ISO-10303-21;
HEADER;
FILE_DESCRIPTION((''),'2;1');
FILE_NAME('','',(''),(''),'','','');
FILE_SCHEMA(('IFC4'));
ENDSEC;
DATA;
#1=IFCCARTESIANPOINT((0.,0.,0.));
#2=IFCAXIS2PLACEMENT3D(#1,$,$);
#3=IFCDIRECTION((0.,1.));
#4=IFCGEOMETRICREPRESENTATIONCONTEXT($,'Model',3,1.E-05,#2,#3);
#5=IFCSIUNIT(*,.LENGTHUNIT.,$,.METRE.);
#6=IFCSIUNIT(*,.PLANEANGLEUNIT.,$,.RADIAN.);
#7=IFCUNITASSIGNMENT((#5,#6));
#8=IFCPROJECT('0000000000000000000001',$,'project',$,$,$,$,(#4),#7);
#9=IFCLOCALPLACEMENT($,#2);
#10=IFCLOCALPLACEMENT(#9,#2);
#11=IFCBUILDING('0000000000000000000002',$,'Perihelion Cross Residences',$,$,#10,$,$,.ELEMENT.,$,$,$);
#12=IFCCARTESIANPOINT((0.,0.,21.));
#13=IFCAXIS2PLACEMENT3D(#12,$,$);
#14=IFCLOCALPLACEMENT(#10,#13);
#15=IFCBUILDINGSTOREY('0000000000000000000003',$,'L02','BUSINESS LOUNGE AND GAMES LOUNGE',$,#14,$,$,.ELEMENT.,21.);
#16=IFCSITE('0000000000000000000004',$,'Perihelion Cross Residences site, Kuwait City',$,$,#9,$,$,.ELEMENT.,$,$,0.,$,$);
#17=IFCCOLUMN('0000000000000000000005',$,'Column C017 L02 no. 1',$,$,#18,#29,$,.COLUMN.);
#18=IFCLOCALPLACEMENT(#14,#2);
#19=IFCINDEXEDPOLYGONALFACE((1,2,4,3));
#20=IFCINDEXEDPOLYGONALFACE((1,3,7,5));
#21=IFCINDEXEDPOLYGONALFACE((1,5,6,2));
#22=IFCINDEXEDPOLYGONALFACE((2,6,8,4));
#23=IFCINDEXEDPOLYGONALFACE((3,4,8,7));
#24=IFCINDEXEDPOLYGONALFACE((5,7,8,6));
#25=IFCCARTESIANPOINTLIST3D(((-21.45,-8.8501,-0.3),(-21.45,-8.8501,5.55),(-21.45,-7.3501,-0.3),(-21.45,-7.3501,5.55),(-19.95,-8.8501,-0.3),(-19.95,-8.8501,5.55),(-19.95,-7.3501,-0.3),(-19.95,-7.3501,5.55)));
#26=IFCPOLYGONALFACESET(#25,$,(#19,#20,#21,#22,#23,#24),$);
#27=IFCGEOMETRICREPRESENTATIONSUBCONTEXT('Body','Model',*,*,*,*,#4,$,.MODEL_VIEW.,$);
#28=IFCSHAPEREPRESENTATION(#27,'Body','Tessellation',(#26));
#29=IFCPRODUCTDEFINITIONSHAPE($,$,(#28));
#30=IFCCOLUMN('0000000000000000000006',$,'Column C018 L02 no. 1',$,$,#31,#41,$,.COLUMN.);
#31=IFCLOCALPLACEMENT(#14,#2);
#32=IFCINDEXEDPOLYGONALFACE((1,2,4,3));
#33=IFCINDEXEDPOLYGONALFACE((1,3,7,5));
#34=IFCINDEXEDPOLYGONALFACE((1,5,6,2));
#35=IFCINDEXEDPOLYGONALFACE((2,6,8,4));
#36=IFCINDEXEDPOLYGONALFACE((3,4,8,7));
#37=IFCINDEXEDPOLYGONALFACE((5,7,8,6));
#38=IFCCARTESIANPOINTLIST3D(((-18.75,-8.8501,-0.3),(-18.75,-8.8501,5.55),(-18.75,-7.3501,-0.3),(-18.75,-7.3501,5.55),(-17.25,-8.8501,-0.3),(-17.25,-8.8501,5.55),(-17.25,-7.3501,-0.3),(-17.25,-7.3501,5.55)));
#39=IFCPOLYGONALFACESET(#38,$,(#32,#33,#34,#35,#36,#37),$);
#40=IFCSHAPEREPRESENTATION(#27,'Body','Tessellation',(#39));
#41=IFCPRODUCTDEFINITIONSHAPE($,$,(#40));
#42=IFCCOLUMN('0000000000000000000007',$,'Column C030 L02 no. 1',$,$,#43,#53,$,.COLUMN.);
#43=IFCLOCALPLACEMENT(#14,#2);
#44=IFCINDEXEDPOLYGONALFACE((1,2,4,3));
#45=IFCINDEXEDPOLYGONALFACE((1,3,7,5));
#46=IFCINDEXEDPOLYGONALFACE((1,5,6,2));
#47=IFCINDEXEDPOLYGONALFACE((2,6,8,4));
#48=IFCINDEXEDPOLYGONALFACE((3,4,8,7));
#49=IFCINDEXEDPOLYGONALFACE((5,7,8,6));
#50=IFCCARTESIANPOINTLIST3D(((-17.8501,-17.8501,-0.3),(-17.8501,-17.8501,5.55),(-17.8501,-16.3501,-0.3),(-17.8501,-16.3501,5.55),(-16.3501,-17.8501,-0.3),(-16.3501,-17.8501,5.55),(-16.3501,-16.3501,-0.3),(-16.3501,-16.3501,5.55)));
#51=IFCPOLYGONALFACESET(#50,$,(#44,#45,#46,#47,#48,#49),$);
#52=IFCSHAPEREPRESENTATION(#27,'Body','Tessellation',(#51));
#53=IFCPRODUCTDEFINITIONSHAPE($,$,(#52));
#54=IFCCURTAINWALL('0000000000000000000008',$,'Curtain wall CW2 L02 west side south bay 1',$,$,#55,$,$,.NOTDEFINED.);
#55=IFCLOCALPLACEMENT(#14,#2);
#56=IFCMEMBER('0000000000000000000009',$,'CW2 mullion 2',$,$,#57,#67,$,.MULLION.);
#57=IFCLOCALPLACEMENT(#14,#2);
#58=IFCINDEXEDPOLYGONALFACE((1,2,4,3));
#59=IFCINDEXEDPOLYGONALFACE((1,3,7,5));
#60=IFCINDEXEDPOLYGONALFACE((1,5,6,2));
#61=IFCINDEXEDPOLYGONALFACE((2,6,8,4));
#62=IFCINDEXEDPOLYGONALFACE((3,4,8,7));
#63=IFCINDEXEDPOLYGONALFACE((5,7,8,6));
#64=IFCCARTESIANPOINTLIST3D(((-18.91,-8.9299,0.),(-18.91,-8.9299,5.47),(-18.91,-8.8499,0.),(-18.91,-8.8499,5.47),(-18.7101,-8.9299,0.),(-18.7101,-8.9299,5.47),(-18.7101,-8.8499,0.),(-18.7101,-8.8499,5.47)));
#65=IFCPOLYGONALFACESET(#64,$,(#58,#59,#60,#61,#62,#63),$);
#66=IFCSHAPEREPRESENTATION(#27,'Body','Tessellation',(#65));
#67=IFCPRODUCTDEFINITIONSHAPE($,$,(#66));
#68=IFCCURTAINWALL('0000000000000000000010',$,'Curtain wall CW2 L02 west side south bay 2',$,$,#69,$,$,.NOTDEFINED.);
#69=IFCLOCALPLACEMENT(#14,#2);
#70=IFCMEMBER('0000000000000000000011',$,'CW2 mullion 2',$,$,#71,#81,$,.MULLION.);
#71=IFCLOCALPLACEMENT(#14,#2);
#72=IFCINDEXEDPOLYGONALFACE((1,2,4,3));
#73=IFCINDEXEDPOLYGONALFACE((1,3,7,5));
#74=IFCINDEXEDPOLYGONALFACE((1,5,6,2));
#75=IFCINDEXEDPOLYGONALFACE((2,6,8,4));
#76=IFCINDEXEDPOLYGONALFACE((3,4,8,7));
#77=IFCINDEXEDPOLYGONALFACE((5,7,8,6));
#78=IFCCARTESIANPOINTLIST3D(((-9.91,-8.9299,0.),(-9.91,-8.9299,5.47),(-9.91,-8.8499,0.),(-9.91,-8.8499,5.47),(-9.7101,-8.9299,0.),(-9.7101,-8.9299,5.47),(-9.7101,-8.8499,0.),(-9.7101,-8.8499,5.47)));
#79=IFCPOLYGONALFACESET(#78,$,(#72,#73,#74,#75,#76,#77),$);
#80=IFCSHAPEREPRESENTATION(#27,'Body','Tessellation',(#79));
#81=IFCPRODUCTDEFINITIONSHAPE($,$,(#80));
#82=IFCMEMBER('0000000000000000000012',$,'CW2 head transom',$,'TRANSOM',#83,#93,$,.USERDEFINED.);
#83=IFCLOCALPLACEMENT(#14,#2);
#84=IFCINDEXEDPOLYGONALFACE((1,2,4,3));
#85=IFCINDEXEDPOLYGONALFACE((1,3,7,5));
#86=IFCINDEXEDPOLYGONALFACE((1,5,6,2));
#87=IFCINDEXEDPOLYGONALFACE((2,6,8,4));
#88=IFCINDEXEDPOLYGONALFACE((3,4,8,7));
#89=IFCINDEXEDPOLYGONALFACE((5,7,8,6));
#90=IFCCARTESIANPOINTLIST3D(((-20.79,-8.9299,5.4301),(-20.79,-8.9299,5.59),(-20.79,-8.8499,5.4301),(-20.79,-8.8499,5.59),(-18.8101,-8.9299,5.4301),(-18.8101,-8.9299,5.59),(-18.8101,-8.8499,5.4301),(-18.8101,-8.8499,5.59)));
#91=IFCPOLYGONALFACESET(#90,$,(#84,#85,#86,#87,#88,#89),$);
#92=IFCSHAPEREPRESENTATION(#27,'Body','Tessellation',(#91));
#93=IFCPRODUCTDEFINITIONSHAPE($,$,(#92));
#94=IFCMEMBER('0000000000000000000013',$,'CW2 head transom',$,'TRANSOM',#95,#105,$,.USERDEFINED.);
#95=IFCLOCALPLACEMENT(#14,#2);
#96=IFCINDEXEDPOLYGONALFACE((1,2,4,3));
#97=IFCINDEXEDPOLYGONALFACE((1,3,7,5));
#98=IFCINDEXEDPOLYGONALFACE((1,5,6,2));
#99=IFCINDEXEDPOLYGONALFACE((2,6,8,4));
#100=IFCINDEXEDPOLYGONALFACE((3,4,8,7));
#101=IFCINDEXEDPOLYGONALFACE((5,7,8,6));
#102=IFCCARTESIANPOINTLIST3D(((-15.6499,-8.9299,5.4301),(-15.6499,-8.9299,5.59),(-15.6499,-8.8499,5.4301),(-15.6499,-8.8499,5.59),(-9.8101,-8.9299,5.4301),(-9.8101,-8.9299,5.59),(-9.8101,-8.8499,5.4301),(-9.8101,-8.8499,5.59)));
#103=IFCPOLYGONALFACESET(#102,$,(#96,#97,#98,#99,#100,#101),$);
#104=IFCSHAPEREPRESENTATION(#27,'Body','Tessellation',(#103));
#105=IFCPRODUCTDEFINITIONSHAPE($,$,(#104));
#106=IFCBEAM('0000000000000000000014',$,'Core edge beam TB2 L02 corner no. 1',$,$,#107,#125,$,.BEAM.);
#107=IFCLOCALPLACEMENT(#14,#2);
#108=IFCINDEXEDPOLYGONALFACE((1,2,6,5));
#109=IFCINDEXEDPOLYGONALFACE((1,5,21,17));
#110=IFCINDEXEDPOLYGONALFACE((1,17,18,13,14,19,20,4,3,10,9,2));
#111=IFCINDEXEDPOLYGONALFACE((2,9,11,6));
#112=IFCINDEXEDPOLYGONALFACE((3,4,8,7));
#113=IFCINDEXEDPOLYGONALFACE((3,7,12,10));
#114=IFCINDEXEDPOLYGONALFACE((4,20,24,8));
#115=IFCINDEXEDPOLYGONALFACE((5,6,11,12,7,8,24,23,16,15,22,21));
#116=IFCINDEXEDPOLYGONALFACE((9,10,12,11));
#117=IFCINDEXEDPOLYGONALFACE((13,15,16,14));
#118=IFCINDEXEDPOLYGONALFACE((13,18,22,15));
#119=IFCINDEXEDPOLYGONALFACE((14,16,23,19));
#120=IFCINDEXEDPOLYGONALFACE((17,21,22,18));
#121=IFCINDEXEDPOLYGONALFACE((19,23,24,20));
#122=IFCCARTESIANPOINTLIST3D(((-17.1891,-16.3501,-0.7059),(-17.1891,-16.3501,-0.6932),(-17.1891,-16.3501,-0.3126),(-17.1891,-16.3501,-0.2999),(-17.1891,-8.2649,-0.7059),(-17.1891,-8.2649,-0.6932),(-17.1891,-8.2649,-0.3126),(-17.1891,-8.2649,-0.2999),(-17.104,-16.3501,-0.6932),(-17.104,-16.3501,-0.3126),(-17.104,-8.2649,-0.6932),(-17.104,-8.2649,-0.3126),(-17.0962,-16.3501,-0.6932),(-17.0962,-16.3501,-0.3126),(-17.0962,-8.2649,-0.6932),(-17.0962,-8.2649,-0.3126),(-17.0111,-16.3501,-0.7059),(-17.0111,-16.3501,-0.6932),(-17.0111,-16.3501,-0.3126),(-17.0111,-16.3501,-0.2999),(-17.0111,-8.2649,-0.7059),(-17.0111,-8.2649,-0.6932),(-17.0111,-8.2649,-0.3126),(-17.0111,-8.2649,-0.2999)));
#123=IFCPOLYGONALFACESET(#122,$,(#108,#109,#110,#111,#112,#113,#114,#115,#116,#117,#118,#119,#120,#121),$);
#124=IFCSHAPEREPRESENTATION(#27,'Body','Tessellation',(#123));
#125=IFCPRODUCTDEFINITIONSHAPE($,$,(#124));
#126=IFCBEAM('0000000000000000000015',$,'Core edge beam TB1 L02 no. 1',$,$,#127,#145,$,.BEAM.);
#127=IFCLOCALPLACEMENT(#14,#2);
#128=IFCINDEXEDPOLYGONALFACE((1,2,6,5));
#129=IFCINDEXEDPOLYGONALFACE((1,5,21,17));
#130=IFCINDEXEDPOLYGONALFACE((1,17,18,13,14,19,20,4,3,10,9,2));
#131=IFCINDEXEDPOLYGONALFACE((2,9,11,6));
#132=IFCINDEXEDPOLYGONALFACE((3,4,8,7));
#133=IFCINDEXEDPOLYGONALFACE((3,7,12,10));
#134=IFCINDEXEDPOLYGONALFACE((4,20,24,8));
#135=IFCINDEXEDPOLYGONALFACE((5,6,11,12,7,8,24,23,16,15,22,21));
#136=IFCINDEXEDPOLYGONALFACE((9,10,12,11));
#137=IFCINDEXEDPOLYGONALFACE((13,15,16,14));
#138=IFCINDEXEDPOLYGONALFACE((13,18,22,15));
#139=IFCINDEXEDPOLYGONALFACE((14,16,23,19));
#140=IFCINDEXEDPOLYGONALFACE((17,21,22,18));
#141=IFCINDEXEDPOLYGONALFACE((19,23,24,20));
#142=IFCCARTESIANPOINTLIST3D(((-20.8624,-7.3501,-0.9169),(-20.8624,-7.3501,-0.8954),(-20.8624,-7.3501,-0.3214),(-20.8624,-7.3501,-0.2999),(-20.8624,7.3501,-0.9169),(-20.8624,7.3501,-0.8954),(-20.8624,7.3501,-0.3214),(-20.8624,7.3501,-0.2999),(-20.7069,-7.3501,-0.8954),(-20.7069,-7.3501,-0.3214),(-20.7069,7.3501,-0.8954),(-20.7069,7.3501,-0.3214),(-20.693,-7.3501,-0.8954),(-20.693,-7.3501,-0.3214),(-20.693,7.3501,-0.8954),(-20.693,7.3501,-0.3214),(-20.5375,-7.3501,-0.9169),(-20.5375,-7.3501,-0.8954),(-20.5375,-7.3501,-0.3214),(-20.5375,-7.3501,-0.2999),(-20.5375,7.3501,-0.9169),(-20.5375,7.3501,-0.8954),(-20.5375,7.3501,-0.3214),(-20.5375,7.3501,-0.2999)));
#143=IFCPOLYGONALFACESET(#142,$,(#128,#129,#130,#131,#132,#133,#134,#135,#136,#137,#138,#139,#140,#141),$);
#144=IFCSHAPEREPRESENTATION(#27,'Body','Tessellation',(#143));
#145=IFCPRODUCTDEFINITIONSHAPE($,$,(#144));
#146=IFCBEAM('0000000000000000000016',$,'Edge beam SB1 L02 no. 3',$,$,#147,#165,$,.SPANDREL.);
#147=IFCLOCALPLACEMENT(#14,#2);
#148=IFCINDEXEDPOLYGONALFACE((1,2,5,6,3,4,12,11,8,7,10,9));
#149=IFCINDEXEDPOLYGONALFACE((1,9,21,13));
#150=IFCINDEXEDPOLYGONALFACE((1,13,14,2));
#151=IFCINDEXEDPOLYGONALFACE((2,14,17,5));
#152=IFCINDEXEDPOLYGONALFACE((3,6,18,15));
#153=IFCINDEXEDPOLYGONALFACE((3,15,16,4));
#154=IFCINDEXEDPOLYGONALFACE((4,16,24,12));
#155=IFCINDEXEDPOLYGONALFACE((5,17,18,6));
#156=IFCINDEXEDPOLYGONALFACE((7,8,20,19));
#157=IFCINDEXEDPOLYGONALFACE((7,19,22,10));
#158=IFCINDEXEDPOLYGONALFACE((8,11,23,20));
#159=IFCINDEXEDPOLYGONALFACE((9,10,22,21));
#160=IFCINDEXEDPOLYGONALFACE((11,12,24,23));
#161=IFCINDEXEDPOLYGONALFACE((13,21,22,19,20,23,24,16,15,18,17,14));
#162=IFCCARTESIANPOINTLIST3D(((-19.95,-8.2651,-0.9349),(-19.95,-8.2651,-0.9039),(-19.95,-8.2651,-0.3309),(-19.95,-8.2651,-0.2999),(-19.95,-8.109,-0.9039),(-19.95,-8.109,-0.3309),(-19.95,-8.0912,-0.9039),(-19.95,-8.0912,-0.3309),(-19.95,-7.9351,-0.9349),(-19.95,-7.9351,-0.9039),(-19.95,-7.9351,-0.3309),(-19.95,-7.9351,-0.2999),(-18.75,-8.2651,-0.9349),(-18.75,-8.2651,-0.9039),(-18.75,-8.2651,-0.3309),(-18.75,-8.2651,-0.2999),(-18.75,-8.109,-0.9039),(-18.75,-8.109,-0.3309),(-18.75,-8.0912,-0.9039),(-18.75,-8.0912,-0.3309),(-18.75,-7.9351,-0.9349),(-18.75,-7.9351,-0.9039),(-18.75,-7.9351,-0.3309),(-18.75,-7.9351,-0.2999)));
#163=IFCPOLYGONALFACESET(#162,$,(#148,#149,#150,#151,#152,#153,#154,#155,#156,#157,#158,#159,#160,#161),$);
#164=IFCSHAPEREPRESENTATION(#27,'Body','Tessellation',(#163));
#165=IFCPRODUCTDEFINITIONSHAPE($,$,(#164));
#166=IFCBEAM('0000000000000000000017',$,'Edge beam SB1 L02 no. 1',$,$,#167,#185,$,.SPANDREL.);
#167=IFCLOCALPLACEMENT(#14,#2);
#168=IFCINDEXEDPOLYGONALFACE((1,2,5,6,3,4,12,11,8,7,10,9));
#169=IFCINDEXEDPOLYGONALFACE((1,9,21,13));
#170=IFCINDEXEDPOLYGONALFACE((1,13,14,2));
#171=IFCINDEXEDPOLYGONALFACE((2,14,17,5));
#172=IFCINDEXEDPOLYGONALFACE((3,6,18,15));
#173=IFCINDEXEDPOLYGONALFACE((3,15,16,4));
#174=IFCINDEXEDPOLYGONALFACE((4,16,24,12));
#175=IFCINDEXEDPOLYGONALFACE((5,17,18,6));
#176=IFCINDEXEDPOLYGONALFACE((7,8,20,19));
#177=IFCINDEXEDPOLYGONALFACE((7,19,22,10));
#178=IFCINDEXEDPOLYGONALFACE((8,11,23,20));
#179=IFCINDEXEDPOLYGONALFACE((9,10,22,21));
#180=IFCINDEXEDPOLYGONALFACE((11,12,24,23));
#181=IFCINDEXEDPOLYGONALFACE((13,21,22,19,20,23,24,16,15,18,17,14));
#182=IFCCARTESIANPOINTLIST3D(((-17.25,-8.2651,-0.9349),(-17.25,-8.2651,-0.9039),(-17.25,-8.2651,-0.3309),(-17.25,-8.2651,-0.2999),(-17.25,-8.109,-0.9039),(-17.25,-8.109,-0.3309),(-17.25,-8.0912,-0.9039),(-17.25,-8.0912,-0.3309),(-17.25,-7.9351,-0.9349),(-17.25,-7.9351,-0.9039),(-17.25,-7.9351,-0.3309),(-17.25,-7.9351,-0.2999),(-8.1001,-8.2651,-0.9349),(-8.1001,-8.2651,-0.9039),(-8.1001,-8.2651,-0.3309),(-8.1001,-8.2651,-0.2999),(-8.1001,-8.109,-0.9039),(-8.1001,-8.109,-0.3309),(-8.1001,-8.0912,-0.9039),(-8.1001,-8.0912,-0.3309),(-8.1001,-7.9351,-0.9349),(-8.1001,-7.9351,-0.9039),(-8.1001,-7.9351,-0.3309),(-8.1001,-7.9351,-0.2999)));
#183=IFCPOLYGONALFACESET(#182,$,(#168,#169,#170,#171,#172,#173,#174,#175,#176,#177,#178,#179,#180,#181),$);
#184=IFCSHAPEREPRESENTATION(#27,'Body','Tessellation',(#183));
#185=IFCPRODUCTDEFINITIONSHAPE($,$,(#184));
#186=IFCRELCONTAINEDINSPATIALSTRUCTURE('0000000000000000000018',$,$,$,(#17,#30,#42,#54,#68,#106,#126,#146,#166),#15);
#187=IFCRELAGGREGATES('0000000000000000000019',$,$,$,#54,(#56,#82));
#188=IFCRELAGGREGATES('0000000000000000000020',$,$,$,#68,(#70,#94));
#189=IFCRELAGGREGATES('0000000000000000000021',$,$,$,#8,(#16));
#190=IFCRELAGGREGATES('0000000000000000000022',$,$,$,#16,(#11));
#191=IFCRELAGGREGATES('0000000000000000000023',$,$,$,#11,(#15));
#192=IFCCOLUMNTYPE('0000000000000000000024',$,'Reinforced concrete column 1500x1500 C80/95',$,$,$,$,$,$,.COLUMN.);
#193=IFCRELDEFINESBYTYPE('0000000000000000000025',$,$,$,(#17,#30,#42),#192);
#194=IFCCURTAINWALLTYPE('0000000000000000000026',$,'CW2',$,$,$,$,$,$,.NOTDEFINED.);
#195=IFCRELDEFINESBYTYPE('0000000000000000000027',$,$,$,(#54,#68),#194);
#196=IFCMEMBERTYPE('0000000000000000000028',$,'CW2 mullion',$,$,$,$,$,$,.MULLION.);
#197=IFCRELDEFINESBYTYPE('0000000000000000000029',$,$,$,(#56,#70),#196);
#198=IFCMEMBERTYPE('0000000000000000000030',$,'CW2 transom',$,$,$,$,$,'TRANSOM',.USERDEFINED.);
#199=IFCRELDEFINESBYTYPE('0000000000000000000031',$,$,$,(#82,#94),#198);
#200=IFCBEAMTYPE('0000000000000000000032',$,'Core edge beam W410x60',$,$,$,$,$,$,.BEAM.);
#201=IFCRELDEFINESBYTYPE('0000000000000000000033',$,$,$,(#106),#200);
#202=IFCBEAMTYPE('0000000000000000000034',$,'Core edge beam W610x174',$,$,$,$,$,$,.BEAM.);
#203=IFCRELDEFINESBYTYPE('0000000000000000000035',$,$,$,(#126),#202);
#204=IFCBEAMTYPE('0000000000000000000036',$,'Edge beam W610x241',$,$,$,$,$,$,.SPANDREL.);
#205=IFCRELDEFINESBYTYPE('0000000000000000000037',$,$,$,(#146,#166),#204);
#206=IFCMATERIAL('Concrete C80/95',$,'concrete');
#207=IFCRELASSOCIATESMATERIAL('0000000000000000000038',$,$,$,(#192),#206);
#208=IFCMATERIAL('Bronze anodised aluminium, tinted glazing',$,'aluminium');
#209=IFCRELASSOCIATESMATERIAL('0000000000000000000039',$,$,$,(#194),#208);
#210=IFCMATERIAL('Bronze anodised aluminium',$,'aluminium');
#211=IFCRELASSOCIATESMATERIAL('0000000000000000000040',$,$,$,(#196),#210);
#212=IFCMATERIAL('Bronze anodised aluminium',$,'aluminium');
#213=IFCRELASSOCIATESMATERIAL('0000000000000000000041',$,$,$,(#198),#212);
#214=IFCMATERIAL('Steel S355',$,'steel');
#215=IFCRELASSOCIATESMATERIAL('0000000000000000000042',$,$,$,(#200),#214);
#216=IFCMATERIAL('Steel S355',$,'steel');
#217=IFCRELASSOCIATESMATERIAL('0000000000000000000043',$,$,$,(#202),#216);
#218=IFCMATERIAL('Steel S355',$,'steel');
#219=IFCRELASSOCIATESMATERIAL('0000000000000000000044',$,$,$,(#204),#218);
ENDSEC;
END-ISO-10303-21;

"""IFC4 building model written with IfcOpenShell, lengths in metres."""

from ifc_helpers import new_model, si_unit, direction, frame, origin, origin_2d, place, context, subcontext, project, spatial, rectangle, i_section, extrude, material, material_profile, profile_set, type_object, element, aggregate, save


model = new_model("IFC4")

# Units and contexts
model_context = context("Model", 3, precision=1e-05, world=origin(), true_north=direction((0.0, 1.0)))
body_context = subcontext(model_context, "Body", "Model", "MODEL_VIEW")
ifc_project = project(units=[si_unit("LENGTHUNIT", "METRE"), si_unit("PLANEANGLEUNIT", "RADIAN")], contexts=[model_context])

# Site, building, storey
site_placement = place(None, origin())
site = spatial("IfcSite", under=ifc_project, at=site_placement, Name="Perihelion Cross Residences site, Kuwait City", CompositionType="ELEMENT", RefElevation=0.0)
building_placement = place(site_placement, origin())
building = spatial("IfcBuilding", under=site, at=building_placement, Name="Perihelion Cross Residences", CompositionType="ELEMENT")
storey_placement = place(building_placement, frame((0.0, 0.0, 21.0)))
storey = spatial("IfcBuildingStorey", under=building, at=storey_placement, Name="L02", Description="BUSINESS LOUNGE AND GAMES LOUNGE", CompositionType="ELEMENT", Elevation=21.0)

# Columns
ifc_material_1 = material(Name="Concrete C80/95", Category="concrete")
ifc_material_profile_1 = material_profile(ifc_material_1, rectangle(XDim=1.5, YDim=1.5, at=origin_2d()), Name="RC 1500x1500")
ifc_profile_set_1 = profile_set([ifc_material_profile_1], Name="Concrete C80/95")
column_type = type_object("IfcColumnType", Name="Reinforced concrete column 1500x1500 C80/95", PredefinedType="COLUMN", material=ifc_profile_set_1)
for number, where, z_axis, x_axis, name in (
    (1, (-20.7, -8.1001, -0.3), (0.0, 0.0, 1.0), (1.0, 0.0, 0.0), "Column C017 L02 no. 1"),
    (2, (-18.0, -8.1001, -0.3), (0.0, 0.0, 1.0), (1.0, 0.0, 0.0), "Column C018 L02 no. 1"),
    (3, (-17.1001, -17.1001, -0.3), (0.0, 0.0, 1.0), (1.0, 0.0, 0.0), "Column C030 L02 no. 1"),
):
    element("IfcColumn", number, at=place(storey_placement, frame(where, z_axis=z_axis, x_axis=x_axis)), inside=storey, type_object=column_type, Name=name, PredefinedType="COLUMN", context=body_context, shape_type="SweptSolid", body=[
        extrude(rectangle(XDim=1.5, YDim=1.5, at=origin_2d()), origin(), (0.0, 0.0, 1.0), 5.8501),
    ])

# Curtain walls, members
ifc_material_2 = material(Name="Bronze anodised aluminium, tinted glazing", Category="aluminium")
curtain_wall_type = type_object("IfcCurtainWallType", Name="CW2", PredefinedType="NOTDEFINED", material=ifc_material_2)
curtain_wall_1_placement = place(storey_placement, origin())
curtain_wall_1 = element("IfcCurtainWall", 4, at=curtain_wall_1_placement, inside=storey, type_object=curtain_wall_type, Name="Curtain wall CW2 L02 west side south bay 1", PredefinedType="NOTDEFINED")
ifc_material_3 = material(Name="Bronze anodised aluminium", Category="aluminium")
ifc_material_profile_2 = material_profile(ifc_material_3, rectangle(XDim=0.0801, YDim=0.2, at=origin_2d()), Name="CW2 mullion")
ifc_profile_set_2 = profile_set([ifc_material_profile_2], Name="Bronze anodised aluminium")
member_type_1 = type_object("IfcMemberType", Name="CW2 mullion", PredefinedType="MULLION", material=ifc_profile_set_2)
member_1_placement = place(storey_placement, frame((-18.8101, -8.8899, 0.0), z_axis=(0.0, 0.0, 1.0), x_axis=(0.0, 1.0, 0.0)))
member_1 = element("IfcMember", 5, at=member_1_placement, type_object=member_type_1, Name="CW2 mullion 2", PredefinedType="MULLION", context=body_context, shape_type="SweptSolid", body=[
    extrude(rectangle(XDim=0.0801, YDim=0.2, at=origin_2d()), origin(), (0.0, 0.0, 1.0), 5.47),
])
curtain_wall_2_placement = place(storey_placement, origin())
curtain_wall_2 = element("IfcCurtainWall", 6, at=curtain_wall_2_placement, inside=storey, type_object=curtain_wall_type, Name="Curtain wall CW2 L02 west side south bay 2", PredefinedType="NOTDEFINED")
member_2_placement = place(storey_placement, frame((-9.8101, -8.8899, 0.0), z_axis=(0.0, 0.0, 1.0), x_axis=(0.0, 1.0, 0.0)))
member_2 = element("IfcMember", 7, at=member_2_placement, type_object=member_type_1, Name="CW2 mullion 2", PredefinedType="MULLION", context=body_context, shape_type="SweptSolid", body=[
    extrude(rectangle(XDim=0.0801, YDim=0.2, at=origin_2d()), origin(), (0.0, 0.0, 1.0), 5.47),
])

# Members
ifc_material_4 = material(Name="Bronze anodised aluminium", Category="aluminium")
ifc_material_profile_3 = material_profile(ifc_material_4, rectangle(XDim=0.0801, YDim=0.1599, at=origin_2d()), Name="CW2 transom")
ifc_profile_set_3 = profile_set([ifc_material_profile_3], Name="Bronze anodised aluminium")
member_type_2 = type_object("IfcMemberType", Name="CW2 transom", ElementType="TRANSOM", PredefinedType="USERDEFINED", material=ifc_profile_set_3)
member_3_placement = place(storey_placement, frame((-20.79, -8.8899, 5.51), z_axis=(1.0, 0.0, 0.0), x_axis=(0.0, 1.0, 0.0)))
member_3 = element("IfcMember", 8, at=member_3_placement, type_object=member_type_2, Name="CW2 head transom", ObjectType="TRANSOM", PredefinedType="USERDEFINED", context=body_context, shape_type="SweptSolid", body=[
    extrude(rectangle(XDim=0.0801, YDim=0.1599, at=origin_2d()), origin(), (0.0, 0.0, 1.0), 1.98),
])
member_4_placement = place(storey_placement, frame((-15.6499, -8.8899, 5.51), z_axis=(1.0, 0.0, 0.0), x_axis=(0.0, 1.0, 0.0)))
member_4 = element("IfcMember", 9, at=member_4_placement, type_object=member_type_2, Name="CW2 head transom", ObjectType="TRANSOM", PredefinedType="USERDEFINED", context=body_context, shape_type="SweptSolid", body=[
    extrude(rectangle(XDim=0.0801, YDim=0.1599, at=origin_2d()), origin(), (0.0, 0.0, 1.0), 5.8398),
])

# Beams
ifc_material_5 = material(Name="Steel S355", Category="steel")
ifc_material_profile_4 = material_profile(ifc_material_5, i_section(OverallWidth=0.178, OverallDepth=0.406, WebThickness=0.0078, FlangeThickness=0.0127, at=origin_2d()), Name="W410x60")
ifc_profile_set_4 = profile_set([ifc_material_profile_4], Name="Steel S355")
beam_type_1 = type_object("IfcBeamType", Name="Core edge beam W410x60", PredefinedType="BEAM", material=ifc_profile_set_4)
beam_1_placement = place(storey_placement, frame((-17.1001, -8.2649, -0.5029), z_axis=(0.0, -1.0, 0.0), x_axis=(1.0, 0.0, 0.0)))
element("IfcBeam", 10, at=beam_1_placement, inside=storey, type_object=beam_type_1, Name="Core edge beam TB2 L02 corner no. 1", PredefinedType="BEAM", context=body_context, shape_type="SweptSolid", body=[
    extrude(i_section(OverallWidth=0.178, OverallDepth=0.406, WebThickness=0.0078, FlangeThickness=0.0127, at=origin_2d()), origin(), (0.0, 0.0, 1.0), 8.0852),
])
ifc_material_6 = material(Name="Steel S355", Category="steel")
ifc_material_profile_5 = material_profile(ifc_material_6, i_section(OverallWidth=0.325, OverallDepth=0.6169, WebThickness=0.0139, FlangeThickness=0.0215, at=origin_2d()), Name="W610x174")
ifc_profile_set_5 = profile_set([ifc_material_profile_5], Name="Steel S355")
beam_type_2 = type_object("IfcBeamType", Name="Core edge beam W610x174", PredefinedType="BEAM", material=ifc_profile_set_5)
beam_2_placement = place(storey_placement, frame((-20.7, -7.3501, -0.6084), z_axis=(0.0, 1.0, 0.0), x_axis=(-1.0, 0.0, 0.0)))
element("IfcBeam", 11, at=beam_2_placement, inside=storey, type_object=beam_type_2, Name="Core edge beam TB1 L02 no. 1", PredefinedType="BEAM", context=body_context, shape_type="SweptSolid", body=[
    extrude(i_section(OverallWidth=0.325, OverallDepth=0.6169, WebThickness=0.0139, FlangeThickness=0.0215, at=origin_2d()), origin(), (0.0, 0.0, 1.0), 14.7002),
])
ifc_material_7 = material(Name="Steel S355", Category="steel")
ifc_material_profile_6 = material_profile(ifc_material_7, i_section(OverallWidth=0.3301, OverallDepth=0.635, WebThickness=0.0178, FlangeThickness=0.031, at=origin_2d()), Name="W610x241")
ifc_profile_set_6 = profile_set([ifc_material_profile_6], Name="Steel S355")
beam_type_3 = type_object("IfcBeamType", Name="Edge beam W610x241", PredefinedType="SPANDREL", material=ifc_profile_set_6)
beam_3_placement = place(storey_placement, frame((-19.95, -8.1001, -0.6174), z_axis=(1.0, 0.0, 0.0), x_axis=(0.0, 1.0, 0.0)))
element("IfcBeam", 12, at=beam_3_placement, inside=storey, type_object=beam_type_3, Name="Edge beam SB1 L02 no. 3", PredefinedType="SPANDREL", context=body_context, shape_type="SweptSolid", body=[
    extrude(i_section(OverallWidth=0.3301, OverallDepth=0.635, WebThickness=0.0178, FlangeThickness=0.031, at=origin_2d()), origin(), (0.0, 0.0, 1.0), 1.2),
])
beam_4_placement = place(storey_placement, frame((-17.25, -8.1001, -0.6174), z_axis=(1.0, 0.0, 0.0), x_axis=(0.0, 1.0, 0.0)))
element("IfcBeam", 13, at=beam_4_placement, inside=storey, type_object=beam_type_3, Name="Edge beam SB1 L02 no. 1", PredefinedType="SPANDREL", context=body_context, shape_type="SweptSolid", body=[
    extrude(i_section(OverallWidth=0.3301, OverallDepth=0.635, WebThickness=0.0178, FlangeThickness=0.031, at=origin_2d()), origin(), (0.0, 0.0, 1.0), 9.1499),
])

aggregate(curtain_wall_1, [member_1, member_3])
aggregate(curtain_wall_2, [member_2, member_4])

save(model, "model.ifc")
